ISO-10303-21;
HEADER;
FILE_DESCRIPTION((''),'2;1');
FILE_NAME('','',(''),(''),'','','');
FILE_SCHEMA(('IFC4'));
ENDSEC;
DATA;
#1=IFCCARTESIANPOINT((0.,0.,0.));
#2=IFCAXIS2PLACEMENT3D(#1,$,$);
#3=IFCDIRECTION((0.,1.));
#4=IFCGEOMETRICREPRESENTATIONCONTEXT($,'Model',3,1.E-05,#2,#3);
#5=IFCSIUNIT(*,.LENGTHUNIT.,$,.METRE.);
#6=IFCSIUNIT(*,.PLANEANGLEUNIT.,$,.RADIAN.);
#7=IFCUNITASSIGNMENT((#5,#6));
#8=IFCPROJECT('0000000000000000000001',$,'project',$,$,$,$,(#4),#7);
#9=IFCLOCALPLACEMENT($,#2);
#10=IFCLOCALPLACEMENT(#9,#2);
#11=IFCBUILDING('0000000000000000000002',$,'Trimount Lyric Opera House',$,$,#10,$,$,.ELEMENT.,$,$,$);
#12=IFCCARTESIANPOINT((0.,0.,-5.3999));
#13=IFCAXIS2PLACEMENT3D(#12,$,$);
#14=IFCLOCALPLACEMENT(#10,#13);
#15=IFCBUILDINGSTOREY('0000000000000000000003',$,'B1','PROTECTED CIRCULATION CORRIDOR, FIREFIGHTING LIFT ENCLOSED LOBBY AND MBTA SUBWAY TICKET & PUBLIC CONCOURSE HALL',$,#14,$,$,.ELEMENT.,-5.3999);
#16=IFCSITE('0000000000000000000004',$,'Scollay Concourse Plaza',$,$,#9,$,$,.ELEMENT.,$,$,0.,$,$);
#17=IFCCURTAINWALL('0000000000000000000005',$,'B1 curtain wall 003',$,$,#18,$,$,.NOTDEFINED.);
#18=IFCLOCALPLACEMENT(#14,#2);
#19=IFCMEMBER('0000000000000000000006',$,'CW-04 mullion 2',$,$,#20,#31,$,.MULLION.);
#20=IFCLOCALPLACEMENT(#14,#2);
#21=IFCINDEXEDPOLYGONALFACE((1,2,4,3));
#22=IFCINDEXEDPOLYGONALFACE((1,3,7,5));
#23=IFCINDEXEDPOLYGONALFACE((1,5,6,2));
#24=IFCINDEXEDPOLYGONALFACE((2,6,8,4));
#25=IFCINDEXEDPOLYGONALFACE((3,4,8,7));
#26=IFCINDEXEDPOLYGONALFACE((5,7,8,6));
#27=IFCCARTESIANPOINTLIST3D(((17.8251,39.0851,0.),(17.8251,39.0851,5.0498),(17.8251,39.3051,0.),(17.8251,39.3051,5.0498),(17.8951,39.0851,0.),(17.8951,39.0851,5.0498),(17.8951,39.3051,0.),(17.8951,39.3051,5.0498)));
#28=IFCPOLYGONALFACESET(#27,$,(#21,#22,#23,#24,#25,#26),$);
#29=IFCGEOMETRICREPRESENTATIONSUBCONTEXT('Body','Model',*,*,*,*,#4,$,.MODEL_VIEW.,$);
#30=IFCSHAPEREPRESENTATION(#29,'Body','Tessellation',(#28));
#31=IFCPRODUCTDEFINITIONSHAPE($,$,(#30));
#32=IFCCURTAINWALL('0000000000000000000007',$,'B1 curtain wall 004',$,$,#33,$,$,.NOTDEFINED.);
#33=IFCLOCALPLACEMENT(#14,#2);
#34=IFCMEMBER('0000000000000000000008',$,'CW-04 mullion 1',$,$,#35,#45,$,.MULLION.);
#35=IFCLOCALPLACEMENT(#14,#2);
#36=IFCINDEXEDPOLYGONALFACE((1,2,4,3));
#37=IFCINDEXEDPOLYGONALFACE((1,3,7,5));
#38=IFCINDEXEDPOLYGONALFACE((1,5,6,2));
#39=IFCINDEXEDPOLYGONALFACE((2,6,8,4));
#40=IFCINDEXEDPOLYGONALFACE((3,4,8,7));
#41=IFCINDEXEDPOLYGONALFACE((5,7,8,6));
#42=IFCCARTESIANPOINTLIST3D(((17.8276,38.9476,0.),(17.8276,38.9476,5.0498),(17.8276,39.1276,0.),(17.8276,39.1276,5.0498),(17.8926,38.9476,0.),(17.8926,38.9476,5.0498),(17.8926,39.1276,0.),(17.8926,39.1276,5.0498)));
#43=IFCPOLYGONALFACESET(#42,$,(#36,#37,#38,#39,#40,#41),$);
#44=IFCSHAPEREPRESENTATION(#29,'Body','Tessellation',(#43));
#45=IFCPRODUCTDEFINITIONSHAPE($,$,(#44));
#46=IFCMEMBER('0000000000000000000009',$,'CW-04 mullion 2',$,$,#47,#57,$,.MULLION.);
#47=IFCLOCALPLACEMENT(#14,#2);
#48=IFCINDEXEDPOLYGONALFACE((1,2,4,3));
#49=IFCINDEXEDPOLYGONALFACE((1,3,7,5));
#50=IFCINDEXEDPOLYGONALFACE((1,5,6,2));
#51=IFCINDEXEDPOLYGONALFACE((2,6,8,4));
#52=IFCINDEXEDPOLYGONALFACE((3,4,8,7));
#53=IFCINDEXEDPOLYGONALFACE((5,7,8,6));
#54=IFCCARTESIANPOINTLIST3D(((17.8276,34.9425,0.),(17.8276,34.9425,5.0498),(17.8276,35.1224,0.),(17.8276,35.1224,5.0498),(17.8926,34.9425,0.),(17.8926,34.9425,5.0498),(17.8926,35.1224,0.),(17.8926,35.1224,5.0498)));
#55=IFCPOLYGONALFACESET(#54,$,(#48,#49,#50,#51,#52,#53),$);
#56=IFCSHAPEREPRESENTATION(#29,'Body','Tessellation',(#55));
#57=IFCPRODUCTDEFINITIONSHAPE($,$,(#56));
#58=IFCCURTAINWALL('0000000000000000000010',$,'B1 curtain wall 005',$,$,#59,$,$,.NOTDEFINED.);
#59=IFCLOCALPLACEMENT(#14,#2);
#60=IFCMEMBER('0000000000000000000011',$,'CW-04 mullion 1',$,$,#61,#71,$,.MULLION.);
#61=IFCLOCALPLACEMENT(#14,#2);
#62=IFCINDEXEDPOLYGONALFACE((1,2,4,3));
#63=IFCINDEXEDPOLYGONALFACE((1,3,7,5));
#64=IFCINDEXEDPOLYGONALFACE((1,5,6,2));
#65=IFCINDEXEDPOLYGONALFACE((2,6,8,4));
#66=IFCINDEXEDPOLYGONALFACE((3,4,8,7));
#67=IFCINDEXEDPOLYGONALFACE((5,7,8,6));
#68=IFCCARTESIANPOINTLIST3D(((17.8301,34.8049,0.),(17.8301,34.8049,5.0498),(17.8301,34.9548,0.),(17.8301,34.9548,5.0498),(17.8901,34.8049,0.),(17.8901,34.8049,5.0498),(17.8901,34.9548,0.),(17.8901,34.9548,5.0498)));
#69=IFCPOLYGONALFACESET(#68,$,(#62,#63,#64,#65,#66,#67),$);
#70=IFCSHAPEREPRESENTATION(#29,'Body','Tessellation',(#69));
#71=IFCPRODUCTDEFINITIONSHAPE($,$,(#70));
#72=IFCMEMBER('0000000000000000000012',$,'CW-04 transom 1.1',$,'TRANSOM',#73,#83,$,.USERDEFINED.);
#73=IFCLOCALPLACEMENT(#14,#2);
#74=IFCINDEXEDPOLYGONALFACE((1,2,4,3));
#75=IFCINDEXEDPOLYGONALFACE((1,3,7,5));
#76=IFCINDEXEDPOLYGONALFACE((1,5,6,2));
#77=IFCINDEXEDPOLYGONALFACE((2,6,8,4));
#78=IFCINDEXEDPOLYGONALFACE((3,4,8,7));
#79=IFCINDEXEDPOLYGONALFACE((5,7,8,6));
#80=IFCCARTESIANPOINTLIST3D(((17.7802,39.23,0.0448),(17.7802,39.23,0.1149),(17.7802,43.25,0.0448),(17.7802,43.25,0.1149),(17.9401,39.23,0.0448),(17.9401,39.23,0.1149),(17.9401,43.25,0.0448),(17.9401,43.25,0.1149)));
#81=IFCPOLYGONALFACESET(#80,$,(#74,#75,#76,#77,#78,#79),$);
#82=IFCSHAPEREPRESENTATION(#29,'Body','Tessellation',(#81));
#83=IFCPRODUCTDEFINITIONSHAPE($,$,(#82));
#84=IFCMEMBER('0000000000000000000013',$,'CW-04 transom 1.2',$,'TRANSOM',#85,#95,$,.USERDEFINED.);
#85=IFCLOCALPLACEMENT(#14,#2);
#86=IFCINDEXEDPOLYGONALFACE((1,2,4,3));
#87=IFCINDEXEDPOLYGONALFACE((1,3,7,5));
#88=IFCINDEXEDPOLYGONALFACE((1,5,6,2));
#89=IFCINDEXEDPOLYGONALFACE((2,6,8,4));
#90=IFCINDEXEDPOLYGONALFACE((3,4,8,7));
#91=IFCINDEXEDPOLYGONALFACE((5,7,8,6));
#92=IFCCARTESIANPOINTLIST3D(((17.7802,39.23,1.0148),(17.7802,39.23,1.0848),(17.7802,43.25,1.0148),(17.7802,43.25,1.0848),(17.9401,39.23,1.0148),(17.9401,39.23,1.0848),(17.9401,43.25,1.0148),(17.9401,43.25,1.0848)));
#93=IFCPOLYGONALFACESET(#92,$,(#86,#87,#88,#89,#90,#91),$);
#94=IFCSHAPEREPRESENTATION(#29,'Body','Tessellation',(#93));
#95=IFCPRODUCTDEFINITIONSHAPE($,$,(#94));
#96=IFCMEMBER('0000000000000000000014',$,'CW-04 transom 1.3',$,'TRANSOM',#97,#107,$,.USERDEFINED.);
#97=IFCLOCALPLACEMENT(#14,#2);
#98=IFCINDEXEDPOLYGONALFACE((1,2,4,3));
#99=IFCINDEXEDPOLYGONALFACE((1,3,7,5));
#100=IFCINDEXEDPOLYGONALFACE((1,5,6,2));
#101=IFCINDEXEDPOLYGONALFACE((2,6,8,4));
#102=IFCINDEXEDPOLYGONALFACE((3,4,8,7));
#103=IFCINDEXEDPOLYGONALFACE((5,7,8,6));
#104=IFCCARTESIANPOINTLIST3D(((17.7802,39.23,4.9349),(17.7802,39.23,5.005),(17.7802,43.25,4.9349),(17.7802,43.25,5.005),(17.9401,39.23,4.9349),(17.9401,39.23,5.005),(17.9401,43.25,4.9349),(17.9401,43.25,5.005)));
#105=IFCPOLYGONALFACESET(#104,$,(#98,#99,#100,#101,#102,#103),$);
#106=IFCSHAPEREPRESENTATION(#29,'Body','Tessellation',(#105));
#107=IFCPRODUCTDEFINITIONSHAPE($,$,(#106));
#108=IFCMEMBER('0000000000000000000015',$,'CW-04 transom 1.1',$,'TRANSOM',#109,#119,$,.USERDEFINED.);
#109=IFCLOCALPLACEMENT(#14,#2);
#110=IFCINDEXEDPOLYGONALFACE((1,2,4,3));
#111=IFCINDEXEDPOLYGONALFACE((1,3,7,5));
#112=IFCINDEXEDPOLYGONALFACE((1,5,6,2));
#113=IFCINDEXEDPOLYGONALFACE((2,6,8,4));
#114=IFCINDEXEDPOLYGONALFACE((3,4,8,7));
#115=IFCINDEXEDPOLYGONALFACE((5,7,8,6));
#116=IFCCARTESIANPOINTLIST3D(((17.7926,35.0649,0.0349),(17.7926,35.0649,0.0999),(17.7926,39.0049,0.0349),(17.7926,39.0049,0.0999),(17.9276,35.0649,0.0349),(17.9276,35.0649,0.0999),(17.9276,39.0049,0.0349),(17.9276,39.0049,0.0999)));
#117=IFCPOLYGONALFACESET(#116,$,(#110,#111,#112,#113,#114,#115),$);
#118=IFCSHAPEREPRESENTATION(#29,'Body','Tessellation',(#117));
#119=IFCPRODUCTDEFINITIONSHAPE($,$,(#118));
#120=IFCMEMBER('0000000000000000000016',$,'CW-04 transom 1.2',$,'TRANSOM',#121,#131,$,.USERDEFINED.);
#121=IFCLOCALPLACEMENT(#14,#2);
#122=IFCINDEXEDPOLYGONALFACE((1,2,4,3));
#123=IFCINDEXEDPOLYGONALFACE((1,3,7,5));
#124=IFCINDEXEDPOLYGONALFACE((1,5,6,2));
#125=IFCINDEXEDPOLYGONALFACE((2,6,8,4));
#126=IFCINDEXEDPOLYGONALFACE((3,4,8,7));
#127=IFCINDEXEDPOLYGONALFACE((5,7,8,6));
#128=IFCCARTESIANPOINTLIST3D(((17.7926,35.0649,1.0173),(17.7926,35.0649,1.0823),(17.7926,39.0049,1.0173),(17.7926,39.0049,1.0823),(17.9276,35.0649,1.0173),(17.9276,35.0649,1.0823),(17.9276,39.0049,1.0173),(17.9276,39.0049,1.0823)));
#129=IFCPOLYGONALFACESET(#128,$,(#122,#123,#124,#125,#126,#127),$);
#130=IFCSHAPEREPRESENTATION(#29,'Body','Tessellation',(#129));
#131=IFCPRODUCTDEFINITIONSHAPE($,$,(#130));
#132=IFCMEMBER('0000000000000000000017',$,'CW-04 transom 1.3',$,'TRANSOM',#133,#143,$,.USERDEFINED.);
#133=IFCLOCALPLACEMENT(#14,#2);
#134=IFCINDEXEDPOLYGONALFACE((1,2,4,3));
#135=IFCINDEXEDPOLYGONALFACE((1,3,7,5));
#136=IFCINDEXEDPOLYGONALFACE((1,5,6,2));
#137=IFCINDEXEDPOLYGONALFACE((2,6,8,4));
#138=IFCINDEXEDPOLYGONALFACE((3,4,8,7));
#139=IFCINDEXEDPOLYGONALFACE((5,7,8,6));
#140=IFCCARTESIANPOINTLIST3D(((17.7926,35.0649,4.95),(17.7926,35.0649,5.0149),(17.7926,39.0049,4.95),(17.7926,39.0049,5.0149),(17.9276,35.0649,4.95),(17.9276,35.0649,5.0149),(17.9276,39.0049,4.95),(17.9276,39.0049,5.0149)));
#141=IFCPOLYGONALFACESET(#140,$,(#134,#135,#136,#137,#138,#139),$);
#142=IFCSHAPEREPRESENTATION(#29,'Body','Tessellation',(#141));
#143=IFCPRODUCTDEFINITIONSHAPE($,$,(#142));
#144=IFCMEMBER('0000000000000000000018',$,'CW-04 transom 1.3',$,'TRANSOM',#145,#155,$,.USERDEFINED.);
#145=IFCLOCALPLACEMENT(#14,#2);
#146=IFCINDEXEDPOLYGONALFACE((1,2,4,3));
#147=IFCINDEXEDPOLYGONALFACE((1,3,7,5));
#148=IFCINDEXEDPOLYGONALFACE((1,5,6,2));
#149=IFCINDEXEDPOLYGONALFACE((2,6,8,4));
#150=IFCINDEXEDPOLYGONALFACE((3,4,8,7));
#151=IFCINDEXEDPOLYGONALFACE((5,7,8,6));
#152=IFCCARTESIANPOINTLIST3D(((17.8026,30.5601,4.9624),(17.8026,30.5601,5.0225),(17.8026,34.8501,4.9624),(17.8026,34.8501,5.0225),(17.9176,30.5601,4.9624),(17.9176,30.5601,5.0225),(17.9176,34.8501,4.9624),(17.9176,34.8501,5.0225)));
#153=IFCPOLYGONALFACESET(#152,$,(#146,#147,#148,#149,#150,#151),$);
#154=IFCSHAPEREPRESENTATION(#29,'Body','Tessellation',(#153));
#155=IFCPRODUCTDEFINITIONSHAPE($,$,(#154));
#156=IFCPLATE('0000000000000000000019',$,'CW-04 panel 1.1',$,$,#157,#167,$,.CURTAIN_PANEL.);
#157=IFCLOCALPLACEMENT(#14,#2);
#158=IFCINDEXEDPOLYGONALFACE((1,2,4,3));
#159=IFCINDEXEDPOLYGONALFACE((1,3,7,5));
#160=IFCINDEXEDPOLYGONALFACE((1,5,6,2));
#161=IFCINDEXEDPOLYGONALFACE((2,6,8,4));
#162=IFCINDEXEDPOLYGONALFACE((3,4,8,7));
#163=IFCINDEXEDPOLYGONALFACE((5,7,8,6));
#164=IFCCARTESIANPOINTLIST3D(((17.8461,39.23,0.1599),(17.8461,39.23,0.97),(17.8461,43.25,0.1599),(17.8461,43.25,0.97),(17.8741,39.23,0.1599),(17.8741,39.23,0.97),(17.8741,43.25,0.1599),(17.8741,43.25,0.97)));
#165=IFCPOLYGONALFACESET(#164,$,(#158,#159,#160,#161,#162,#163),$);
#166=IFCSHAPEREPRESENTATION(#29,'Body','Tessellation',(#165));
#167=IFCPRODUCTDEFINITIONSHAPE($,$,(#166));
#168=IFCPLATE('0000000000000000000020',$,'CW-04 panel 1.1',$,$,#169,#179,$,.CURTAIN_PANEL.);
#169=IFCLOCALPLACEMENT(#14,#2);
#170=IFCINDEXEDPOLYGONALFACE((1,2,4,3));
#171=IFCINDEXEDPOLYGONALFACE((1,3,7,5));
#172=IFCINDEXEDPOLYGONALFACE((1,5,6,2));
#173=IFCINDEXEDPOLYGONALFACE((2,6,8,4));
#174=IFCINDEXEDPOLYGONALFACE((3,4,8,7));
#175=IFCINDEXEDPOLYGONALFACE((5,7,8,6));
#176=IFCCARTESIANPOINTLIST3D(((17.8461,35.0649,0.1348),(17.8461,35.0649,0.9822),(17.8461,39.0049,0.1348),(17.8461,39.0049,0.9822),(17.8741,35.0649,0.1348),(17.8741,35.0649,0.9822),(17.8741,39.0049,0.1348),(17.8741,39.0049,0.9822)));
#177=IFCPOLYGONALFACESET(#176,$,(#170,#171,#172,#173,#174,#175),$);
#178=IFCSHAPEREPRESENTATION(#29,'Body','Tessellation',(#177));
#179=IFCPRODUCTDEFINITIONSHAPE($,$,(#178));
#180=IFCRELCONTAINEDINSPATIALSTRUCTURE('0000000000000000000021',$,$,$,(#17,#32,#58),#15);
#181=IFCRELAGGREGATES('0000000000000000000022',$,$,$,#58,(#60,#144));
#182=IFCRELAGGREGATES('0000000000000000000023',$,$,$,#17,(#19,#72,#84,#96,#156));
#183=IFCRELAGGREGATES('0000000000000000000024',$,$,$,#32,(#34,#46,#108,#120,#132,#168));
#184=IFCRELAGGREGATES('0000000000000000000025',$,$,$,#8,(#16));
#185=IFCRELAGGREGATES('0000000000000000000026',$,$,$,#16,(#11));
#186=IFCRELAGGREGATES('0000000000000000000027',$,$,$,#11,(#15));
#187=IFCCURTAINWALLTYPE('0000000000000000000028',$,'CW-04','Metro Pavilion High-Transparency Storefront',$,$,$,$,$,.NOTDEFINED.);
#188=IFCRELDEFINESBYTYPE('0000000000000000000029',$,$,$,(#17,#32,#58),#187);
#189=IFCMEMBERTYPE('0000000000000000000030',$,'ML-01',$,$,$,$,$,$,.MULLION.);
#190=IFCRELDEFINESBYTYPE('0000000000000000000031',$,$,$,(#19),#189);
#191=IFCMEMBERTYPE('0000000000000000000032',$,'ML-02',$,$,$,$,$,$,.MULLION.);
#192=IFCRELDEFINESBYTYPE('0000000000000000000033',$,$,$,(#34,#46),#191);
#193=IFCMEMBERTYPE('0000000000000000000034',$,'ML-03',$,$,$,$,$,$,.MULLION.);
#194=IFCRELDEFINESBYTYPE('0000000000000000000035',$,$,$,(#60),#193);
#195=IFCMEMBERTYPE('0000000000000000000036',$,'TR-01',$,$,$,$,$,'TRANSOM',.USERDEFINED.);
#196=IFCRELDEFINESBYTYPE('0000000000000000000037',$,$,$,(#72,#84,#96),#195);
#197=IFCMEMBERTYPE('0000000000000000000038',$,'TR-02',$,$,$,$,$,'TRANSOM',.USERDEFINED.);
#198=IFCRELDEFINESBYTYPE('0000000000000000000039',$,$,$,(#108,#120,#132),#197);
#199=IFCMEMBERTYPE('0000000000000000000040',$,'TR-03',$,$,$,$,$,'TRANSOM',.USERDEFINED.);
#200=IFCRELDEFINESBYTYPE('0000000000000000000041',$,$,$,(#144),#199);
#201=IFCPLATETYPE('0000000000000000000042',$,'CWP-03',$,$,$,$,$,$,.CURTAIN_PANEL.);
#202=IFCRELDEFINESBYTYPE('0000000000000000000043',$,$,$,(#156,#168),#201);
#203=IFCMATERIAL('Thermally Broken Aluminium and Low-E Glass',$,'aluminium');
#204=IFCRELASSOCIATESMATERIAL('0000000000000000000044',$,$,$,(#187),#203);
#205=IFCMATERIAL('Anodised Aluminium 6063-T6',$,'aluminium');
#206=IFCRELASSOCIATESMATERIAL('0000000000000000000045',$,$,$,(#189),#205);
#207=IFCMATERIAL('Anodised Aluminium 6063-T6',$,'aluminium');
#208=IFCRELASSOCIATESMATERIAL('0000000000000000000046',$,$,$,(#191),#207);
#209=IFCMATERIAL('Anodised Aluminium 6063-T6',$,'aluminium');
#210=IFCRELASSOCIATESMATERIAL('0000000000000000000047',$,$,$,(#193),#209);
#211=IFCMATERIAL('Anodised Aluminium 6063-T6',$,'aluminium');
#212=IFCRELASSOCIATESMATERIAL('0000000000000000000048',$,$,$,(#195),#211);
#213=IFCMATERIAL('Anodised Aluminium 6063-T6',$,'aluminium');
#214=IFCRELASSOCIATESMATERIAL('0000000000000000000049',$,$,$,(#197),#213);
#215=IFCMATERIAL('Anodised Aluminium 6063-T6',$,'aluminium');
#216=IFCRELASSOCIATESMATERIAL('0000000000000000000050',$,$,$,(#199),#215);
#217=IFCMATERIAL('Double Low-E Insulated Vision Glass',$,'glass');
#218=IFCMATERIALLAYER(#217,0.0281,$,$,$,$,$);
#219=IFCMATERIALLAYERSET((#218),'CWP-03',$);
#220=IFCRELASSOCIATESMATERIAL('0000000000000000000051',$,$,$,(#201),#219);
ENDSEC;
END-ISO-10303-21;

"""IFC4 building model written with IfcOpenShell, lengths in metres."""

from ifc_helpers import new_model, si_unit, direction, frame, origin, origin_2d, place, context, subcontext, project, spatial, rectangle, extrude, material, layer, layer_set, material_profile, profile_set, type_object, element, aggregate, save


model = new_model("IFC4")

# Units and contexts
model_context = context("Model", 3, precision=1e-05, world=origin(), true_north=direction((0.0, 1.0)))
body_context = subcontext(model_context, "Body", "Model", "MODEL_VIEW")
ifc_project = project(units=[si_unit("LENGTHUNIT", "METRE"), si_unit("PLANEANGLEUNIT", "RADIAN")], contexts=[model_context])

# Site, building, storey
site_placement = place(None, origin())
site = spatial("IfcSite", under=ifc_project, at=site_placement, Name="Scollay Concourse Plaza", CompositionType="ELEMENT", RefElevation=0.0)
building_placement = place(site_placement, origin())
building = spatial("IfcBuilding", under=site, at=building_placement, Name="Trimount Lyric Opera House", CompositionType="ELEMENT")
storey_placement = place(building_placement, frame((0.0, 0.0, -5.3999)))
storey = spatial("IfcBuildingStorey", under=building, at=storey_placement, Name="B1", Description="PROTECTED CIRCULATION CORRIDOR, FIREFIGHTING LIFT ENCLOSED LOBBY AND MBTA SUBWAY TICKET & PUBLIC CONCOURSE HALL", CompositionType="ELEMENT", Elevation=-5.3999)

# Curtain walls, members
ifc_material_1 = material(Name="Thermally Broken Aluminium and Low-E Glass", Category="aluminium")
curtain_wall_type = type_object("IfcCurtainWallType", Name="CW-04", Description="Metro Pavilion High-Transparency Storefront", PredefinedType="NOTDEFINED", material=ifc_material_1)
curtain_wall_1_placement = place(storey_placement, origin())
curtain_wall_1 = element("IfcCurtainWall", 1, at=curtain_wall_1_placement, inside=storey, type_object=curtain_wall_type, Name="B1 curtain wall 003", PredefinedType="NOTDEFINED")
ifc_material_2 = material(Name="Anodised Aluminium 6063-T6", Category="aluminium")
ifc_material_profile_1 = material_profile(ifc_material_2, rectangle(XDim=0.0701, YDim=0.22, at=origin_2d()), Name="ALU-MULL-70X220")
ifc_profile_set_1 = profile_set([ifc_material_profile_1], Name="Anodised Aluminium 6063-T6")
member_type_1 = type_object("IfcMemberType", Name="ML-01", PredefinedType="MULLION", material=ifc_profile_set_1)
member_1_placement = place(storey_placement, frame((17.8601, 39.1951, 0.0), z_axis=(0.0, 0.0, 1.0), x_axis=(1.0, 0.0, 0.0)))
member_1 = element("IfcMember", 2, at=member_1_placement, type_object=member_type_1, Name="CW-04 mullion 2", PredefinedType="MULLION", context=body_context, shape_type="SweptSolid", body=[
    extrude(rectangle(XDim=0.0701, YDim=0.22, at=origin_2d()), origin(), (0.0, 0.0, 1.0), 5.0498),
])
curtain_wall_2_placement = place(storey_placement, origin())
curtain_wall_2 = element("IfcCurtainWall", 3, at=curtain_wall_2_placement, inside=storey, type_object=curtain_wall_type, Name="B1 curtain wall 004", PredefinedType="NOTDEFINED")
ifc_material_3 = material(Name="Anodised Aluminium 6063-T6", Category="aluminium")
ifc_material_profile_2 = material_profile(ifc_material_3, rectangle(XDim=0.0649, YDim=0.1799, at=origin_2d()), Name="ALU-MULL-65X180")
ifc_profile_set_2 = profile_set([ifc_material_profile_2], Name="Anodised Aluminium 6063-T6")
member_type_2 = type_object("IfcMemberType", Name="ML-02", PredefinedType="MULLION", material=ifc_profile_set_2)
member_2_placement = place(storey_placement, frame((17.8601, 39.0376, 0.0), z_axis=(0.0, 0.0, 1.0), x_axis=(1.0, 0.0, 0.0)))
member_2 = element("IfcMember", 4, at=member_2_placement, type_object=member_type_2, Name="CW-04 mullion 1", PredefinedType="MULLION", context=body_context, shape_type="SweptSolid", body=[
    extrude(rectangle(XDim=0.0649, YDim=0.1799, at=origin_2d()), origin(), (0.0, 0.0, 1.0), 5.0498),
])
member_3_placement = place(storey_placement, frame((17.8601, 35.0325, 0.0), z_axis=(0.0, 0.0, 1.0), x_axis=(1.0, 0.0, 0.0)))
member_3 = element("IfcMember", 5, at=member_3_placement, type_object=member_type_2, Name="CW-04 mullion 2", PredefinedType="MULLION", context=body_context, shape_type="SweptSolid", body=[
    extrude(rectangle(XDim=0.0649, YDim=0.1799, at=origin_2d()), origin(), (0.0, 0.0, 1.0), 5.0498),
])

# Curtain wall, member
curtain_wall_3_placement = place(storey_placement, origin())
curtain_wall_3 = element("IfcCurtainWall", 6, at=curtain_wall_3_placement, inside=storey, type_object=curtain_wall_type, Name="B1 curtain wall 005", PredefinedType="NOTDEFINED")
ifc_material_4 = material(Name="Anodised Aluminium 6063-T6", Category="aluminium")
ifc_material_profile_3 = material_profile(ifc_material_4, rectangle(XDim=0.0601, YDim=0.1499, at=origin_2d()), Name="ALU-MULL-60X150")
ifc_profile_set_3 = profile_set([ifc_material_profile_3], Name="Anodised Aluminium 6063-T6")
member_type_3 = type_object("IfcMemberType", Name="ML-03", PredefinedType="MULLION", material=ifc_profile_set_3)
member_4_placement = place(storey_placement, frame((17.8601, 34.8799, 0.0), z_axis=(0.0, 0.0, 1.0), x_axis=(1.0, 0.0, 0.0)))
member_4 = element("IfcMember", 7, at=member_4_placement, type_object=member_type_3, Name="CW-04 mullion 1", PredefinedType="MULLION", context=body_context, shape_type="SweptSolid", body=[
    extrude(rectangle(XDim=0.0601, YDim=0.1499, at=origin_2d()), origin(), (0.0, 0.0, 1.0), 5.0498),
])

# Members
ifc_material_5 = material(Name="Anodised Aluminium 6063-T6", Category="aluminium")
ifc_material_profile_4 = material_profile(ifc_material_5, rectangle(XDim=0.1599, YDim=0.0701, at=origin_2d()), Name="ALU-TRAN-70X160")
ifc_profile_set_4 = profile_set([ifc_material_profile_4], Name="Anodised Aluminium 6063-T6")
member_type_4 = type_object("IfcMemberType", Name="TR-01", ElementType="TRANSOM", PredefinedType="USERDEFINED", material=ifc_profile_set_4)
member_5_placement = place(storey_placement, frame((17.8601, 43.25, 0.0798), z_axis=(0.0, -1.0, 0.0), x_axis=(1.0, 0.0, 0.0)))
member_5 = element("IfcMember", 8, at=member_5_placement, type_object=member_type_4, Name="CW-04 transom 1.1", ObjectType="TRANSOM", PredefinedType="USERDEFINED", context=body_context, shape_type="SweptSolid", body=[
    extrude(rectangle(XDim=0.1599, YDim=0.0701, at=origin_2d()), origin(), (0.0, 0.0, 1.0), 4.02),
])
member_6_placement = place(storey_placement, frame((17.8601, 43.25, 1.0498), z_axis=(0.0, -1.0, 0.0), x_axis=(1.0, 0.0, 0.0)))
member_6 = element("IfcMember", 9, at=member_6_placement, type_object=member_type_4, Name="CW-04 transom 1.2", ObjectType="TRANSOM", PredefinedType="USERDEFINED", context=body_context, shape_type="SweptSolid", body=[
    extrude(rectangle(XDim=0.1599, YDim=0.0701, at=origin_2d()), origin(), (0.0, 0.0, 1.0), 4.02),
])
member_7_placement = place(storey_placement, frame((17.8601, 43.25, 4.97), z_axis=(0.0, -1.0, 0.0), x_axis=(1.0, 0.0, 0.0)))
member_7 = element("IfcMember", 10, at=member_7_placement, type_object=member_type_4, Name="CW-04 transom 1.3", ObjectType="TRANSOM", PredefinedType="USERDEFINED", context=body_context, shape_type="SweptSolid", body=[
    extrude(rectangle(XDim=0.1599, YDim=0.0701, at=origin_2d()), origin(), (0.0, 0.0, 1.0), 4.02),
])
ifc_material_6 = material(Name="Anodised Aluminium 6063-T6", Category="aluminium")
ifc_material_profile_5 = material_profile(ifc_material_6, rectangle(XDim=0.135, YDim=0.0649, at=origin_2d()), Name="ALU-TRAN-65X135")
ifc_profile_set_5 = profile_set([ifc_material_profile_5], Name="Anodised Aluminium 6063-T6")
member_type_5 = type_object("IfcMemberType", Name="TR-02", ElementType="TRANSOM", PredefinedType="USERDEFINED", material=ifc_profile_set_5)
member_8_placement = place(storey_placement, frame((17.8601, 39.0049, 0.0674), z_axis=(0.0, -1.0, 0.0), x_axis=(1.0, 0.0, 0.0)))
member_8 = element("IfcMember", 11, at=member_8_placement, type_object=member_type_5, Name="CW-04 transom 1.1", ObjectType="TRANSOM", PredefinedType="USERDEFINED", context=body_context, shape_type="SweptSolid", body=[
    extrude(rectangle(XDim=0.135, YDim=0.0649, at=origin_2d()), origin(), (0.0, 0.0, 1.0), 3.9399),
])
member_9_placement = place(storey_placement, frame((17.8601, 39.0049, 1.0498), z_axis=(0.0, -1.0, 0.0), x_axis=(1.0, 0.0, 0.0)))
member_9 = element("IfcMember", 12, at=member_9_placement, type_object=member_type_5, Name="CW-04 transom 1.2", ObjectType="TRANSOM", PredefinedType="USERDEFINED", context=body_context, shape_type="SweptSolid", body=[
    extrude(rectangle(XDim=0.135, YDim=0.0649, at=origin_2d()), origin(), (0.0, 0.0, 1.0), 3.9399),
])
member_10_placement = place(storey_placement, frame((17.8601, 39.0049, 4.9824), z_axis=(0.0, -1.0, 0.0), x_axis=(1.0, 0.0, 0.0)))
member_10 = element("IfcMember", 13, at=member_10_placement, type_object=member_type_5, Name="CW-04 transom 1.3", ObjectType="TRANSOM", PredefinedType="USERDEFINED", context=body_context, shape_type="SweptSolid", body=[
    extrude(rectangle(XDim=0.135, YDim=0.0649, at=origin_2d()), origin(), (0.0, 0.0, 1.0), 3.9399),
])
ifc_material_7 = material(Name="Anodised Aluminium 6063-T6", Category="aluminium")
ifc_material_profile_6 = material_profile(ifc_material_7, rectangle(XDim=0.115, YDim=0.0601, at=origin_2d()), Name="ALU-TRAN-60X115")
ifc_profile_set_6 = profile_set([ifc_material_profile_6], Name="Anodised Aluminium 6063-T6")
member_type_6 = type_object("IfcMemberType", Name="TR-03", ElementType="TRANSOM", PredefinedType="USERDEFINED", material=ifc_profile_set_6)
member_11_placement = place(storey_placement, frame((17.8601, 34.8501, 4.9924), z_axis=(0.0, -1.0, 0.0), x_axis=(1.0, 0.0, 0.0)))
member_11 = element("IfcMember", 14, at=member_11_placement, type_object=member_type_6, Name="CW-04 transom 1.3", ObjectType="TRANSOM", PredefinedType="USERDEFINED", context=body_context, shape_type="SweptSolid", body=[
    extrude(rectangle(XDim=0.115, YDim=0.0601, at=origin_2d()), origin(), (0.0, 0.0, 1.0), 4.29),
])
aggregate(curtain_wall_3, [member_4, member_11])

# Plates
ifc_material_8 = material(Name="Double Low-E Insulated Vision Glass", Category="glass")
ifc_layer_1 = layer(ifc_material_8, 0.0281)
ifc_layer_set_1 = layer_set([ifc_layer_1], Name="CWP-03")
plate_type_1 = type_object("IfcPlateType", Name="CWP-03", PredefinedType="CURTAIN_PANEL", material=ifc_layer_set_1)
plate_1_placement = place(storey_placement, frame((17.8601, 41.24, 0.1599), z_axis=(0.0, 0.0, 1.0), x_axis=(0.0, -1.0, 0.0)))
plate_1 = element("IfcPlate", 15, at=plate_1_placement, type_object=plate_type_1, Name="CW-04 panel 1.1", PredefinedType="CURTAIN_PANEL", context=body_context, shape_type="SweptSolid", body=[
    extrude(rectangle(XDim=4.02, YDim=0.0281, at=origin_2d()), origin(), (0.0, 0.0, 1.0), 0.8101),
])
plate_2_placement = place(storey_placement, frame((17.8601, 37.0349, 0.1348), z_axis=(0.0, 0.0, 1.0), x_axis=(0.0, -1.0, 0.0)))
plate_2 = element("IfcPlate", 16, at=plate_2_placement, type_object=plate_type_1, Name="CW-04 panel 1.1", PredefinedType="CURTAIN_PANEL", context=body_context, shape_type="SweptSolid", body=[
    extrude(rectangle(XDim=3.9399, YDim=0.0281, at=origin_2d()), origin(), (0.0, 0.0, 1.0), 0.8474),
])
aggregate(curtain_wall_1, [member_1, member_5, member_6, member_7, plate_1])
aggregate(curtain_wall_2, [member_2, member_3, member_8, member_9, member_10, plate_2])

save(model, "model.ifc")
